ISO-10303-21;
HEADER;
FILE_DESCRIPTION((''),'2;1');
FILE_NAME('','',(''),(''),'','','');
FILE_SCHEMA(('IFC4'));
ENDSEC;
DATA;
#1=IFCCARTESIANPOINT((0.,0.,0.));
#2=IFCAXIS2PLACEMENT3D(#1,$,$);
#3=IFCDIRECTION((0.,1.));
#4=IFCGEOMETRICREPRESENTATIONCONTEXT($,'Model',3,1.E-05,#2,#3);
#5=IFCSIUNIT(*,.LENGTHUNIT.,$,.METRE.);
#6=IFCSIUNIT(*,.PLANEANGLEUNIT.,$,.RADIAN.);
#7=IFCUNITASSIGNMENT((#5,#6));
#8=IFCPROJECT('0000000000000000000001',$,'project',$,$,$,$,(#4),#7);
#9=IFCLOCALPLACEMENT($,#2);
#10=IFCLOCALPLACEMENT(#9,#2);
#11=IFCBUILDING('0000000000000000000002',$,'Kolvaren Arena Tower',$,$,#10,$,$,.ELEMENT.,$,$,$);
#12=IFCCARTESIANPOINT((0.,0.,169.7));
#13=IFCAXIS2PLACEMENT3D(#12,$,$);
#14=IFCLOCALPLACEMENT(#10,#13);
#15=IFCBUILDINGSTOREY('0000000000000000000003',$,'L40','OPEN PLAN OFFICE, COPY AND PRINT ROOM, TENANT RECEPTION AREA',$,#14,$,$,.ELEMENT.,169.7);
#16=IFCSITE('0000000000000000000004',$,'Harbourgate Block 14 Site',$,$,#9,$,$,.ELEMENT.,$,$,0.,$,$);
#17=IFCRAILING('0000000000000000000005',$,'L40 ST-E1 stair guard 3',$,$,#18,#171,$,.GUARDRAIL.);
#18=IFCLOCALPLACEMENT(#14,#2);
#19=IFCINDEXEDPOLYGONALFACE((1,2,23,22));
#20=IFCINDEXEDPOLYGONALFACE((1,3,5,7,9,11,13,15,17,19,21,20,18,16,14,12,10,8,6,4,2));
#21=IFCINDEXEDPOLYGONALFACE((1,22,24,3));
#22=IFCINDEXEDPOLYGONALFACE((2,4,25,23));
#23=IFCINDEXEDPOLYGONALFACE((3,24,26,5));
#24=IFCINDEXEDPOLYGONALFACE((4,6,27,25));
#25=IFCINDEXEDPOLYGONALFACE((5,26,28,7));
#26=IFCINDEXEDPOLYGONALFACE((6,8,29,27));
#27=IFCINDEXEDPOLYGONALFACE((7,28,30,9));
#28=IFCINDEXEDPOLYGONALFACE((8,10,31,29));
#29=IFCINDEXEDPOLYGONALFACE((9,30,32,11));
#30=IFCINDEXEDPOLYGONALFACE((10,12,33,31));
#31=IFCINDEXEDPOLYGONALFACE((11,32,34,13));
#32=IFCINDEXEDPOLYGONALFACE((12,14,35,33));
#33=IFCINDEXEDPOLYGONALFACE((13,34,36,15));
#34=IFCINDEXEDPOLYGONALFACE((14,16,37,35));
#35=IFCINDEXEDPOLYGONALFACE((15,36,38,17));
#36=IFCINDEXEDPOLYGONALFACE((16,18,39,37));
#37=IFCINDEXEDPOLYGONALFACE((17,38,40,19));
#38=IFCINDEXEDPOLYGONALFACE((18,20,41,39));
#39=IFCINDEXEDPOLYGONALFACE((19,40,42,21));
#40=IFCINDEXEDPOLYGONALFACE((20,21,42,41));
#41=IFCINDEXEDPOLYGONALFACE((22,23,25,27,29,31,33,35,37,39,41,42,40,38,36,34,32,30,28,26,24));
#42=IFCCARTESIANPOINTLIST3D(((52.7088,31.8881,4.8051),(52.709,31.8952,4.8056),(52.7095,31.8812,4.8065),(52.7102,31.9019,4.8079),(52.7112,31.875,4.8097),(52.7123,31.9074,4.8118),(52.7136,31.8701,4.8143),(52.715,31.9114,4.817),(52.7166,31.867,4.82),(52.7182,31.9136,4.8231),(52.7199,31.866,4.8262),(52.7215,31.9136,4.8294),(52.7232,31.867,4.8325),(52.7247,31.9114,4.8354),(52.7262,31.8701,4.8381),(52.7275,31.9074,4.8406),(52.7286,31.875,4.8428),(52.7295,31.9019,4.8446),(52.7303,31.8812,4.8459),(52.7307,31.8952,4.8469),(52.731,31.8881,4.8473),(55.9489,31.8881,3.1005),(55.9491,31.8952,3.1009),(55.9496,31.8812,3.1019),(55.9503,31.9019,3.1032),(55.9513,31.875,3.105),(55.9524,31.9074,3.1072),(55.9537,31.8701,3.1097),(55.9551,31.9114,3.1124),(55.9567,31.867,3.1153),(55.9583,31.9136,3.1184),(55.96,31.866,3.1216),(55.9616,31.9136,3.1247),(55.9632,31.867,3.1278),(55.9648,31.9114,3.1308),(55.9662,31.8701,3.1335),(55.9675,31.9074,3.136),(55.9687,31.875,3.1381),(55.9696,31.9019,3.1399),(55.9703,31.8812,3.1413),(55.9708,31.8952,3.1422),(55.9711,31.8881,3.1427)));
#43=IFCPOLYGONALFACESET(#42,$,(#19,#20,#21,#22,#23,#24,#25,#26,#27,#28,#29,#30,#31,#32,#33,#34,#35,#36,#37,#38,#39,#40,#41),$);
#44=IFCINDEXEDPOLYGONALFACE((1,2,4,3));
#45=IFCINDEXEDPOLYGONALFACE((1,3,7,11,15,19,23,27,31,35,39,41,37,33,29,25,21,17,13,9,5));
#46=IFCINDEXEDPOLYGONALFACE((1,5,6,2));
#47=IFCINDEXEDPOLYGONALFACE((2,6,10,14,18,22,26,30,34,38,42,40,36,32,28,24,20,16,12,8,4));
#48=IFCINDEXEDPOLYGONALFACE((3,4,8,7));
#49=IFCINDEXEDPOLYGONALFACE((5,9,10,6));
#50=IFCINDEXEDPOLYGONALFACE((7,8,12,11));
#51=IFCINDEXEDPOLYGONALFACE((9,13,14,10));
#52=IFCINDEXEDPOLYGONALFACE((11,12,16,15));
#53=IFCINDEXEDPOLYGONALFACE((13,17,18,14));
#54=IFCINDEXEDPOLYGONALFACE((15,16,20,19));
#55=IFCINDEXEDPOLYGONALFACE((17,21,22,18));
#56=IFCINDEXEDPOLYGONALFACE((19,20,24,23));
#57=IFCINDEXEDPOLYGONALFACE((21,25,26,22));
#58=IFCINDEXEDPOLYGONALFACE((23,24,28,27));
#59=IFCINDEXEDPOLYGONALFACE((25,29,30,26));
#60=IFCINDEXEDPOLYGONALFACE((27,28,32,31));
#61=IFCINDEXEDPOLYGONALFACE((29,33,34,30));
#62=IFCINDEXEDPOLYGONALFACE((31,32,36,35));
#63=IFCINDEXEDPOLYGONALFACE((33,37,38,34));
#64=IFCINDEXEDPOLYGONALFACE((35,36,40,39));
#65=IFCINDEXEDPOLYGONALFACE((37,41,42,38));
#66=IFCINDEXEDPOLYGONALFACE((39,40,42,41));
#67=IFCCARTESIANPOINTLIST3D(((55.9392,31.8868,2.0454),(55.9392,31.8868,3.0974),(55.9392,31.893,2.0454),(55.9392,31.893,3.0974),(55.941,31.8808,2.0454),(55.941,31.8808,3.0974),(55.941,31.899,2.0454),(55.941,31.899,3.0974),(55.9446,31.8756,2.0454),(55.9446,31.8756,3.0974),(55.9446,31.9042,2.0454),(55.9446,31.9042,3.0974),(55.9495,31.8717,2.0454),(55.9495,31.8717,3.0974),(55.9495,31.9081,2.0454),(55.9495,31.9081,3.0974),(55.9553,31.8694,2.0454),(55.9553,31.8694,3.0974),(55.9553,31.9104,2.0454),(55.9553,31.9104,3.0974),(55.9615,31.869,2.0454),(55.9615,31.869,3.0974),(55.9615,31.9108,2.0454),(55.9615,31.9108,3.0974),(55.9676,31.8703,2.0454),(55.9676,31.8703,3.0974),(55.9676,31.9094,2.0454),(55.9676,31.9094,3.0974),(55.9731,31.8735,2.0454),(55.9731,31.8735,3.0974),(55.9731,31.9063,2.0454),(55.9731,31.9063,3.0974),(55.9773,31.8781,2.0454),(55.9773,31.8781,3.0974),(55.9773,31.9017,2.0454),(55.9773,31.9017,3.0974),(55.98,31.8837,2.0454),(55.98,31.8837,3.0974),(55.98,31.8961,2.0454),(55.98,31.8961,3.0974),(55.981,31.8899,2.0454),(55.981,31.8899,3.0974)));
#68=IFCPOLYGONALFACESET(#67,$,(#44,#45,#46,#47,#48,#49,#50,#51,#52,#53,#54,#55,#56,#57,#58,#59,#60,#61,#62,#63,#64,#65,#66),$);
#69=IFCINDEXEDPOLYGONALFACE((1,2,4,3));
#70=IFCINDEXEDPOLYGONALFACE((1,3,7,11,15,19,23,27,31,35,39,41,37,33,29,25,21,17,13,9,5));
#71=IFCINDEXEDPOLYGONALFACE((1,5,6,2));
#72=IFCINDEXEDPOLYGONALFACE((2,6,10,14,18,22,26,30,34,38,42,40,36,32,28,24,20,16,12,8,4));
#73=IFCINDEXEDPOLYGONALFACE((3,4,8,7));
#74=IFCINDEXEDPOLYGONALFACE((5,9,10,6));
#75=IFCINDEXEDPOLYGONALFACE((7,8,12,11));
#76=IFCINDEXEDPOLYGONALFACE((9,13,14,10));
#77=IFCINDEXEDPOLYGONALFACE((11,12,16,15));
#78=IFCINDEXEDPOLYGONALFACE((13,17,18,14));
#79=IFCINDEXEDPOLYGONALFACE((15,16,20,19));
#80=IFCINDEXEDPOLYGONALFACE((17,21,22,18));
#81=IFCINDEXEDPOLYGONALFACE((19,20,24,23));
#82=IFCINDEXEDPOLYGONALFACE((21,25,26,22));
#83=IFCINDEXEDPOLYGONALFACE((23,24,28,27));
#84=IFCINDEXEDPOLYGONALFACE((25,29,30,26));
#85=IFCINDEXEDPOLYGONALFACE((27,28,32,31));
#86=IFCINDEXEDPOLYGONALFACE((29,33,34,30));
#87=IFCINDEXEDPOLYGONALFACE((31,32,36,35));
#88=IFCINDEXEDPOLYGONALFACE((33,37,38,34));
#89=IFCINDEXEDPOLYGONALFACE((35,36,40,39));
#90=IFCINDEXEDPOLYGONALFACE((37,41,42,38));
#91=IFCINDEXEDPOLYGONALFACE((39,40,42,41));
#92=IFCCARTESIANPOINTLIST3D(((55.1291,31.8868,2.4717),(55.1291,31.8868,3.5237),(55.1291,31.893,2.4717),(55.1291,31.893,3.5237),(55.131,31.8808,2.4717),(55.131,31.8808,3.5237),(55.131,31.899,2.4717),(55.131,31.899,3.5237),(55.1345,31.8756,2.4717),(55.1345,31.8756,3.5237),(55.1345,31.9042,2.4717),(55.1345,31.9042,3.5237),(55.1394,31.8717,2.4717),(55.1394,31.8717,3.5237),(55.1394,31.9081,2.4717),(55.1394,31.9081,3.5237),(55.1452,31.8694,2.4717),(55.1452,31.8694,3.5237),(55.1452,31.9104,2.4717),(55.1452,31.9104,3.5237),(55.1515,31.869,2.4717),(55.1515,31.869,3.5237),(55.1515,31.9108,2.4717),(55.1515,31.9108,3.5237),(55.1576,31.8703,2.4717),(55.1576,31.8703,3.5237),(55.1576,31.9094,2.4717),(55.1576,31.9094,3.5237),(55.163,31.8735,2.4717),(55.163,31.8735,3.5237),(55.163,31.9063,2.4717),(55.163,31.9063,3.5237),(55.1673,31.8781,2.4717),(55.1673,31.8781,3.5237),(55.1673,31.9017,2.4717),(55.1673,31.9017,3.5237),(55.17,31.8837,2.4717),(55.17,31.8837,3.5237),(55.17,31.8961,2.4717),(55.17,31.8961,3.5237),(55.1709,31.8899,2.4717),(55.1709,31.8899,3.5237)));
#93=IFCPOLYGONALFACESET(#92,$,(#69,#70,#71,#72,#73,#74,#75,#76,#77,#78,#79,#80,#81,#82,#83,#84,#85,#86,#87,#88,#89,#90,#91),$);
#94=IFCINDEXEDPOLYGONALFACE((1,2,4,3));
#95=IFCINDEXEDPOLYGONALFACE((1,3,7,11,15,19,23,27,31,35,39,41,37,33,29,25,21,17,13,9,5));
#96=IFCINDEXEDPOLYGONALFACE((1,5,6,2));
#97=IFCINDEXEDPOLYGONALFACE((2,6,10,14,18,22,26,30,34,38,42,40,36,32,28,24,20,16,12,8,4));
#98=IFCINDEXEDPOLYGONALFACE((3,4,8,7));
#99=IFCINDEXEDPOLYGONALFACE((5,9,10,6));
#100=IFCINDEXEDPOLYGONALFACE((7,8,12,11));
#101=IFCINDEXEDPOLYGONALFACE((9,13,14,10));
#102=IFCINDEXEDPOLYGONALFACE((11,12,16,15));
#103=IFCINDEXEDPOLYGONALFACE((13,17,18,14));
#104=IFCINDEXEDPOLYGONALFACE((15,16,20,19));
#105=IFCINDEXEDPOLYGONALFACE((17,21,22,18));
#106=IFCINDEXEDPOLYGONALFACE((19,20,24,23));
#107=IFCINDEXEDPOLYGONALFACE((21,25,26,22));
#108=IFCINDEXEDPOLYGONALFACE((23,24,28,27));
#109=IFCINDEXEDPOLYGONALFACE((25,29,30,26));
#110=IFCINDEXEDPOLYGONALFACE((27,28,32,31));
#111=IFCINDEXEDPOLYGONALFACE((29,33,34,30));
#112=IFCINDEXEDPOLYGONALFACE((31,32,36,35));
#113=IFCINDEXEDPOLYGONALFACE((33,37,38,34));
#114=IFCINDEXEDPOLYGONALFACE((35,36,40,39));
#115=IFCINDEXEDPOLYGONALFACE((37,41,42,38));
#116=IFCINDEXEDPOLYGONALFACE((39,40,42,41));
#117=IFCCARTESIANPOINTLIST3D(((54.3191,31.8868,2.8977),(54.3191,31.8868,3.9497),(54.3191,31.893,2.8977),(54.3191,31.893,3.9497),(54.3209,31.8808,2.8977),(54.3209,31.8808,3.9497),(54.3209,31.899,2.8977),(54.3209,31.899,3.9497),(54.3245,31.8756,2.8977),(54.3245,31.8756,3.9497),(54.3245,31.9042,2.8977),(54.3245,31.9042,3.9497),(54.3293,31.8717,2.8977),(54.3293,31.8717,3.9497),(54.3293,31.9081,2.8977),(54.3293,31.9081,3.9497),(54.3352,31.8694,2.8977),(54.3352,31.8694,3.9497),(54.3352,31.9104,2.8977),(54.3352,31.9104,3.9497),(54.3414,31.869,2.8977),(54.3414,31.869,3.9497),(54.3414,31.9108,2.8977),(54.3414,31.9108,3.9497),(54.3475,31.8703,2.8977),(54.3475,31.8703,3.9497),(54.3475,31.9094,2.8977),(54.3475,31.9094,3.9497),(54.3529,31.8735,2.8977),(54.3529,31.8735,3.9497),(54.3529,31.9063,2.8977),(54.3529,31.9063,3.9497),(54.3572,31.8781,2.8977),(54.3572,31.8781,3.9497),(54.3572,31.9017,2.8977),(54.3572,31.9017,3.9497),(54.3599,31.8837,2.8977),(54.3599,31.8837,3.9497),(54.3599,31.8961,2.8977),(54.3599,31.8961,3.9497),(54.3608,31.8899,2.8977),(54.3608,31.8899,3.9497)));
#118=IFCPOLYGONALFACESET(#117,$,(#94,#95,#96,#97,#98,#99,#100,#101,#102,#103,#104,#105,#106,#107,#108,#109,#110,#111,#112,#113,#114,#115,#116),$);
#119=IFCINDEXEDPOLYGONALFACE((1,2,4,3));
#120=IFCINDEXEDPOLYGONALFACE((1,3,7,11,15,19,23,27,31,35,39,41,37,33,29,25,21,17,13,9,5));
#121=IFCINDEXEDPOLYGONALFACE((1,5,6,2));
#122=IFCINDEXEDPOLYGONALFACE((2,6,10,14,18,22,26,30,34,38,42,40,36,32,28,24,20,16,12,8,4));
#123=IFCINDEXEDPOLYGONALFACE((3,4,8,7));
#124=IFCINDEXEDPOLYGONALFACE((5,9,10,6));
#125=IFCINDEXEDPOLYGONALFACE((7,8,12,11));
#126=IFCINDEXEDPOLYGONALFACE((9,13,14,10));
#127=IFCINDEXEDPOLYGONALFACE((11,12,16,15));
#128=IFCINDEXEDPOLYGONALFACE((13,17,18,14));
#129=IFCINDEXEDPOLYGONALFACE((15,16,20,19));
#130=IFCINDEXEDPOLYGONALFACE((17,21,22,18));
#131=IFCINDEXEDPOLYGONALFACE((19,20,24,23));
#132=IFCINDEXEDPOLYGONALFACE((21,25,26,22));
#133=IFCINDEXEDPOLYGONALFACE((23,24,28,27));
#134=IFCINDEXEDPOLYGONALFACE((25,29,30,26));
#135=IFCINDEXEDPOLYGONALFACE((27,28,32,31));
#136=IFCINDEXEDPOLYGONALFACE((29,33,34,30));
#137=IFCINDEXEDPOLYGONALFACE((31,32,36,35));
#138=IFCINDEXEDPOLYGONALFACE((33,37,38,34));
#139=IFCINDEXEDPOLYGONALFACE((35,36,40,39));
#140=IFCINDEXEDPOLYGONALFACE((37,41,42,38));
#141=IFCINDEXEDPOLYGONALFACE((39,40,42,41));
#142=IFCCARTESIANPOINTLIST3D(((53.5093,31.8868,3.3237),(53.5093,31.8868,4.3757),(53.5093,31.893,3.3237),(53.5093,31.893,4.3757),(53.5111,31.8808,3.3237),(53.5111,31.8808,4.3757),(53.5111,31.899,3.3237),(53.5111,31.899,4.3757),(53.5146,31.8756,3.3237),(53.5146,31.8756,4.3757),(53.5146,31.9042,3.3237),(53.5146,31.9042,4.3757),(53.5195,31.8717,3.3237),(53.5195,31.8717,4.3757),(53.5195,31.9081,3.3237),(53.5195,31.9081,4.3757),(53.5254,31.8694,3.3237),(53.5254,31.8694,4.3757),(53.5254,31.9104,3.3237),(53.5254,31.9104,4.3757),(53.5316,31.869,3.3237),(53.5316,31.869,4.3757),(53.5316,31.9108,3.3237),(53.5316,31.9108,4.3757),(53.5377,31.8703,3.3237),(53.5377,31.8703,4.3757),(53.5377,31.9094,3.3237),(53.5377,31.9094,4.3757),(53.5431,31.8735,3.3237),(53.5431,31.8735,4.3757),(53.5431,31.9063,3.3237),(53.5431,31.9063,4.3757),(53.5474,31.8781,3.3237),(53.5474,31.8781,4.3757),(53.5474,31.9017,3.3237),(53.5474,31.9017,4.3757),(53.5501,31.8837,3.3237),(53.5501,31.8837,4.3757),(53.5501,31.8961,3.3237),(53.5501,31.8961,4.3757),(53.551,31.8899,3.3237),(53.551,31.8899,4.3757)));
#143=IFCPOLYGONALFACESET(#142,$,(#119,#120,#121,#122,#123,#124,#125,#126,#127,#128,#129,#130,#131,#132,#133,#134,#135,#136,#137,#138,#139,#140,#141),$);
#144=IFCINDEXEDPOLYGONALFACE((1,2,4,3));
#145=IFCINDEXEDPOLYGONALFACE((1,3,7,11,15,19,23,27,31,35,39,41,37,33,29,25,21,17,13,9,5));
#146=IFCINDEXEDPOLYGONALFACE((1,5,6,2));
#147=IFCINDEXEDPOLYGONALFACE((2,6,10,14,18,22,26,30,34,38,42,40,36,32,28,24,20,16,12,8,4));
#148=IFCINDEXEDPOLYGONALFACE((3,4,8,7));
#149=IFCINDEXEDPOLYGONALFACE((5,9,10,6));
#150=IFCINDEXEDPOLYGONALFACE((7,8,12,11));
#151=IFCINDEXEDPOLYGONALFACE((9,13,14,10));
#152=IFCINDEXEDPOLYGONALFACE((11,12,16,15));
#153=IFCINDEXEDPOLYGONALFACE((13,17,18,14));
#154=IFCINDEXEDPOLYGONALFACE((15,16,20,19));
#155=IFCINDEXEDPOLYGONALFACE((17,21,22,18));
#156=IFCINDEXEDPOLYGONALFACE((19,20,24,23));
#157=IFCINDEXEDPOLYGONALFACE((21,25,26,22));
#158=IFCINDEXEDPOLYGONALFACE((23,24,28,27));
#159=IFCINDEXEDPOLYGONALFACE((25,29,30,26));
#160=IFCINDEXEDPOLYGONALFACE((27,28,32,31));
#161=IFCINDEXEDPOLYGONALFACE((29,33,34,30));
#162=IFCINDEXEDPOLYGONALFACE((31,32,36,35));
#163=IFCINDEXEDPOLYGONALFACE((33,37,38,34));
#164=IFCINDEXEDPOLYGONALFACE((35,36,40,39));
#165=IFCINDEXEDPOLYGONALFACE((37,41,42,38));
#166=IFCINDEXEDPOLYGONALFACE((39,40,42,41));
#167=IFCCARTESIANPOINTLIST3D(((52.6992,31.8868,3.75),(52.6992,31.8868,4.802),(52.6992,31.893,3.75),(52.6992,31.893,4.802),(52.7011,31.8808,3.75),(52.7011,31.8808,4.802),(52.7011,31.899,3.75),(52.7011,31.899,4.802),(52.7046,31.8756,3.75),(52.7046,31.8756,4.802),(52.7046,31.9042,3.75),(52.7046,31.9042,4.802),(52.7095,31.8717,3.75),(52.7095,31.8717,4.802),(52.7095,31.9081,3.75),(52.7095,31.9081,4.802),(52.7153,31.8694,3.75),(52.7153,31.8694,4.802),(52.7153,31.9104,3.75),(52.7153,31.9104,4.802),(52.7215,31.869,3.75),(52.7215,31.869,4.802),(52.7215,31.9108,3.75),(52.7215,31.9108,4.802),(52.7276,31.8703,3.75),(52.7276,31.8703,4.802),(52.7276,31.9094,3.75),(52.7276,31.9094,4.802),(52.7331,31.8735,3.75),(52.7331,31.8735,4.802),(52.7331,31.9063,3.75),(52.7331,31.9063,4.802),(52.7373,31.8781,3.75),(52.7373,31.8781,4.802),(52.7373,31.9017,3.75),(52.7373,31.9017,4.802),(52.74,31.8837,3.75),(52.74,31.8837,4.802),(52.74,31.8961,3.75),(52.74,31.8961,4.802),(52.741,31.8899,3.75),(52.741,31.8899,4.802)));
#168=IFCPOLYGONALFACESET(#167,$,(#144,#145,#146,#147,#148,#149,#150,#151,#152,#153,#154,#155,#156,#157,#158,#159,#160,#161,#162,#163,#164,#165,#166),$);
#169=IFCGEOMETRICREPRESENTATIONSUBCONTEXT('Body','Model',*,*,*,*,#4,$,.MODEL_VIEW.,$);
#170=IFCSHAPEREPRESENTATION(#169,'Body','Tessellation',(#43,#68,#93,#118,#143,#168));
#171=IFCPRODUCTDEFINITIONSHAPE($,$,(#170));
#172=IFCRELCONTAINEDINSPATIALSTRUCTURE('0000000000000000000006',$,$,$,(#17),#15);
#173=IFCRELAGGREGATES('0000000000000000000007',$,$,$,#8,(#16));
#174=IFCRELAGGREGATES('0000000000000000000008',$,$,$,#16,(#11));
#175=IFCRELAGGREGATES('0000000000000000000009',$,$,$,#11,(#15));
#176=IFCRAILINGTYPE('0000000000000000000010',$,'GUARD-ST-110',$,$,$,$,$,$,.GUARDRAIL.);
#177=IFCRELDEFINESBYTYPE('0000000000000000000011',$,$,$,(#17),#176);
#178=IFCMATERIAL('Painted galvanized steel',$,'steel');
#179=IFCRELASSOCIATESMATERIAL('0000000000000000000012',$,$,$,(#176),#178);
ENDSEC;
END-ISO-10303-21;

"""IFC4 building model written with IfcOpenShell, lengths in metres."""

from ifc_helpers import new_model, si_unit, direction, frame, origin, origin_2d, place, context, subcontext, project, spatial, circle, extrude, material, type_object, element, save


model = new_model("IFC4")

# Units and contexts
model_context = context("Model", 3, precision=1e-05, world=origin(), true_north=direction((0.0, 1.0)))
body_context = subcontext(model_context, "Body", "Model", "MODEL_VIEW")
ifc_project = project(units=[si_unit("LENGTHUNIT", "METRE"), si_unit("PLANEANGLEUNIT", "RADIAN")], contexts=[model_context])

# Site, building, storey
site_placement = place(None, origin())
site = spatial("IfcSite", under=ifc_project, at=site_placement, Name="Harbourgate Block 14 Site", CompositionType="ELEMENT", RefElevation=0.0)
building_placement = place(site_placement, origin())
building = spatial("IfcBuilding", under=site, at=building_placement, Name="Kolvaren Arena Tower", CompositionType="ELEMENT")
storey_placement = place(building_placement, frame((0.0, 0.0, 169.7)))
storey = spatial("IfcBuildingStorey", under=building, at=storey_placement, Name="L40", Description="OPEN PLAN OFFICE, COPY AND PRINT ROOM, TENANT RECEPTION AREA", CompositionType="ELEMENT", Elevation=169.7)

# Railing
ifc_material_1 = material(Name="Painted galvanized steel", Category="steel")
railing_type_1 = type_object("IfcRailingType", Name="GUARD-ST-110", PredefinedType="GUARDRAIL", material=ifc_material_1)
railing_1_placement = place(storey_placement, frame((55.96, 31.8899, 2.0454)))
element("IfcRailing", 1, at=railing_1_placement, inside=storey, type_object=railing_type_1, Name="L40 ST-E1 stair guard 3", PredefinedType="GUARDRAIL", context=body_context, shape_type="SweptSolid", body=[
    extrude(circle(Radius=0.0239, at=origin_2d()), frame((0.0, 0.0, 1.0762), z_axis=(-0.884993, 0.0, 0.465604), x_axis=(0.0, -1.0, 0.0)), (0.0, 0.0, 1.0), 3.6611),
    extrude(circle(Radius=0.021, at=origin_2d()), origin(), (0.0, 0.0, 1.0), 1.052),
    extrude(circle(Radius=0.021, at=origin_2d()), frame((-0.8101, 0.0, 0.4263)), (0.0, 0.0, 1.0), 1.052),
    extrude(circle(Radius=0.021, at=origin_2d()), frame((-1.6201, 0.0, 0.8523)), (0.0, 0.0, 1.0), 1.052),
    extrude(circle(Radius=0.021, at=origin_2d()), frame((-2.4299, 0.0, 1.2783)), (0.0, 0.0, 1.0), 1.052),
    extrude(circle(Radius=0.021, at=origin_2d()), frame((-3.24, 0.0, 1.7046)), (0.0, 0.0, 1.0), 1.052),
])

save(model, "model.ifc")
